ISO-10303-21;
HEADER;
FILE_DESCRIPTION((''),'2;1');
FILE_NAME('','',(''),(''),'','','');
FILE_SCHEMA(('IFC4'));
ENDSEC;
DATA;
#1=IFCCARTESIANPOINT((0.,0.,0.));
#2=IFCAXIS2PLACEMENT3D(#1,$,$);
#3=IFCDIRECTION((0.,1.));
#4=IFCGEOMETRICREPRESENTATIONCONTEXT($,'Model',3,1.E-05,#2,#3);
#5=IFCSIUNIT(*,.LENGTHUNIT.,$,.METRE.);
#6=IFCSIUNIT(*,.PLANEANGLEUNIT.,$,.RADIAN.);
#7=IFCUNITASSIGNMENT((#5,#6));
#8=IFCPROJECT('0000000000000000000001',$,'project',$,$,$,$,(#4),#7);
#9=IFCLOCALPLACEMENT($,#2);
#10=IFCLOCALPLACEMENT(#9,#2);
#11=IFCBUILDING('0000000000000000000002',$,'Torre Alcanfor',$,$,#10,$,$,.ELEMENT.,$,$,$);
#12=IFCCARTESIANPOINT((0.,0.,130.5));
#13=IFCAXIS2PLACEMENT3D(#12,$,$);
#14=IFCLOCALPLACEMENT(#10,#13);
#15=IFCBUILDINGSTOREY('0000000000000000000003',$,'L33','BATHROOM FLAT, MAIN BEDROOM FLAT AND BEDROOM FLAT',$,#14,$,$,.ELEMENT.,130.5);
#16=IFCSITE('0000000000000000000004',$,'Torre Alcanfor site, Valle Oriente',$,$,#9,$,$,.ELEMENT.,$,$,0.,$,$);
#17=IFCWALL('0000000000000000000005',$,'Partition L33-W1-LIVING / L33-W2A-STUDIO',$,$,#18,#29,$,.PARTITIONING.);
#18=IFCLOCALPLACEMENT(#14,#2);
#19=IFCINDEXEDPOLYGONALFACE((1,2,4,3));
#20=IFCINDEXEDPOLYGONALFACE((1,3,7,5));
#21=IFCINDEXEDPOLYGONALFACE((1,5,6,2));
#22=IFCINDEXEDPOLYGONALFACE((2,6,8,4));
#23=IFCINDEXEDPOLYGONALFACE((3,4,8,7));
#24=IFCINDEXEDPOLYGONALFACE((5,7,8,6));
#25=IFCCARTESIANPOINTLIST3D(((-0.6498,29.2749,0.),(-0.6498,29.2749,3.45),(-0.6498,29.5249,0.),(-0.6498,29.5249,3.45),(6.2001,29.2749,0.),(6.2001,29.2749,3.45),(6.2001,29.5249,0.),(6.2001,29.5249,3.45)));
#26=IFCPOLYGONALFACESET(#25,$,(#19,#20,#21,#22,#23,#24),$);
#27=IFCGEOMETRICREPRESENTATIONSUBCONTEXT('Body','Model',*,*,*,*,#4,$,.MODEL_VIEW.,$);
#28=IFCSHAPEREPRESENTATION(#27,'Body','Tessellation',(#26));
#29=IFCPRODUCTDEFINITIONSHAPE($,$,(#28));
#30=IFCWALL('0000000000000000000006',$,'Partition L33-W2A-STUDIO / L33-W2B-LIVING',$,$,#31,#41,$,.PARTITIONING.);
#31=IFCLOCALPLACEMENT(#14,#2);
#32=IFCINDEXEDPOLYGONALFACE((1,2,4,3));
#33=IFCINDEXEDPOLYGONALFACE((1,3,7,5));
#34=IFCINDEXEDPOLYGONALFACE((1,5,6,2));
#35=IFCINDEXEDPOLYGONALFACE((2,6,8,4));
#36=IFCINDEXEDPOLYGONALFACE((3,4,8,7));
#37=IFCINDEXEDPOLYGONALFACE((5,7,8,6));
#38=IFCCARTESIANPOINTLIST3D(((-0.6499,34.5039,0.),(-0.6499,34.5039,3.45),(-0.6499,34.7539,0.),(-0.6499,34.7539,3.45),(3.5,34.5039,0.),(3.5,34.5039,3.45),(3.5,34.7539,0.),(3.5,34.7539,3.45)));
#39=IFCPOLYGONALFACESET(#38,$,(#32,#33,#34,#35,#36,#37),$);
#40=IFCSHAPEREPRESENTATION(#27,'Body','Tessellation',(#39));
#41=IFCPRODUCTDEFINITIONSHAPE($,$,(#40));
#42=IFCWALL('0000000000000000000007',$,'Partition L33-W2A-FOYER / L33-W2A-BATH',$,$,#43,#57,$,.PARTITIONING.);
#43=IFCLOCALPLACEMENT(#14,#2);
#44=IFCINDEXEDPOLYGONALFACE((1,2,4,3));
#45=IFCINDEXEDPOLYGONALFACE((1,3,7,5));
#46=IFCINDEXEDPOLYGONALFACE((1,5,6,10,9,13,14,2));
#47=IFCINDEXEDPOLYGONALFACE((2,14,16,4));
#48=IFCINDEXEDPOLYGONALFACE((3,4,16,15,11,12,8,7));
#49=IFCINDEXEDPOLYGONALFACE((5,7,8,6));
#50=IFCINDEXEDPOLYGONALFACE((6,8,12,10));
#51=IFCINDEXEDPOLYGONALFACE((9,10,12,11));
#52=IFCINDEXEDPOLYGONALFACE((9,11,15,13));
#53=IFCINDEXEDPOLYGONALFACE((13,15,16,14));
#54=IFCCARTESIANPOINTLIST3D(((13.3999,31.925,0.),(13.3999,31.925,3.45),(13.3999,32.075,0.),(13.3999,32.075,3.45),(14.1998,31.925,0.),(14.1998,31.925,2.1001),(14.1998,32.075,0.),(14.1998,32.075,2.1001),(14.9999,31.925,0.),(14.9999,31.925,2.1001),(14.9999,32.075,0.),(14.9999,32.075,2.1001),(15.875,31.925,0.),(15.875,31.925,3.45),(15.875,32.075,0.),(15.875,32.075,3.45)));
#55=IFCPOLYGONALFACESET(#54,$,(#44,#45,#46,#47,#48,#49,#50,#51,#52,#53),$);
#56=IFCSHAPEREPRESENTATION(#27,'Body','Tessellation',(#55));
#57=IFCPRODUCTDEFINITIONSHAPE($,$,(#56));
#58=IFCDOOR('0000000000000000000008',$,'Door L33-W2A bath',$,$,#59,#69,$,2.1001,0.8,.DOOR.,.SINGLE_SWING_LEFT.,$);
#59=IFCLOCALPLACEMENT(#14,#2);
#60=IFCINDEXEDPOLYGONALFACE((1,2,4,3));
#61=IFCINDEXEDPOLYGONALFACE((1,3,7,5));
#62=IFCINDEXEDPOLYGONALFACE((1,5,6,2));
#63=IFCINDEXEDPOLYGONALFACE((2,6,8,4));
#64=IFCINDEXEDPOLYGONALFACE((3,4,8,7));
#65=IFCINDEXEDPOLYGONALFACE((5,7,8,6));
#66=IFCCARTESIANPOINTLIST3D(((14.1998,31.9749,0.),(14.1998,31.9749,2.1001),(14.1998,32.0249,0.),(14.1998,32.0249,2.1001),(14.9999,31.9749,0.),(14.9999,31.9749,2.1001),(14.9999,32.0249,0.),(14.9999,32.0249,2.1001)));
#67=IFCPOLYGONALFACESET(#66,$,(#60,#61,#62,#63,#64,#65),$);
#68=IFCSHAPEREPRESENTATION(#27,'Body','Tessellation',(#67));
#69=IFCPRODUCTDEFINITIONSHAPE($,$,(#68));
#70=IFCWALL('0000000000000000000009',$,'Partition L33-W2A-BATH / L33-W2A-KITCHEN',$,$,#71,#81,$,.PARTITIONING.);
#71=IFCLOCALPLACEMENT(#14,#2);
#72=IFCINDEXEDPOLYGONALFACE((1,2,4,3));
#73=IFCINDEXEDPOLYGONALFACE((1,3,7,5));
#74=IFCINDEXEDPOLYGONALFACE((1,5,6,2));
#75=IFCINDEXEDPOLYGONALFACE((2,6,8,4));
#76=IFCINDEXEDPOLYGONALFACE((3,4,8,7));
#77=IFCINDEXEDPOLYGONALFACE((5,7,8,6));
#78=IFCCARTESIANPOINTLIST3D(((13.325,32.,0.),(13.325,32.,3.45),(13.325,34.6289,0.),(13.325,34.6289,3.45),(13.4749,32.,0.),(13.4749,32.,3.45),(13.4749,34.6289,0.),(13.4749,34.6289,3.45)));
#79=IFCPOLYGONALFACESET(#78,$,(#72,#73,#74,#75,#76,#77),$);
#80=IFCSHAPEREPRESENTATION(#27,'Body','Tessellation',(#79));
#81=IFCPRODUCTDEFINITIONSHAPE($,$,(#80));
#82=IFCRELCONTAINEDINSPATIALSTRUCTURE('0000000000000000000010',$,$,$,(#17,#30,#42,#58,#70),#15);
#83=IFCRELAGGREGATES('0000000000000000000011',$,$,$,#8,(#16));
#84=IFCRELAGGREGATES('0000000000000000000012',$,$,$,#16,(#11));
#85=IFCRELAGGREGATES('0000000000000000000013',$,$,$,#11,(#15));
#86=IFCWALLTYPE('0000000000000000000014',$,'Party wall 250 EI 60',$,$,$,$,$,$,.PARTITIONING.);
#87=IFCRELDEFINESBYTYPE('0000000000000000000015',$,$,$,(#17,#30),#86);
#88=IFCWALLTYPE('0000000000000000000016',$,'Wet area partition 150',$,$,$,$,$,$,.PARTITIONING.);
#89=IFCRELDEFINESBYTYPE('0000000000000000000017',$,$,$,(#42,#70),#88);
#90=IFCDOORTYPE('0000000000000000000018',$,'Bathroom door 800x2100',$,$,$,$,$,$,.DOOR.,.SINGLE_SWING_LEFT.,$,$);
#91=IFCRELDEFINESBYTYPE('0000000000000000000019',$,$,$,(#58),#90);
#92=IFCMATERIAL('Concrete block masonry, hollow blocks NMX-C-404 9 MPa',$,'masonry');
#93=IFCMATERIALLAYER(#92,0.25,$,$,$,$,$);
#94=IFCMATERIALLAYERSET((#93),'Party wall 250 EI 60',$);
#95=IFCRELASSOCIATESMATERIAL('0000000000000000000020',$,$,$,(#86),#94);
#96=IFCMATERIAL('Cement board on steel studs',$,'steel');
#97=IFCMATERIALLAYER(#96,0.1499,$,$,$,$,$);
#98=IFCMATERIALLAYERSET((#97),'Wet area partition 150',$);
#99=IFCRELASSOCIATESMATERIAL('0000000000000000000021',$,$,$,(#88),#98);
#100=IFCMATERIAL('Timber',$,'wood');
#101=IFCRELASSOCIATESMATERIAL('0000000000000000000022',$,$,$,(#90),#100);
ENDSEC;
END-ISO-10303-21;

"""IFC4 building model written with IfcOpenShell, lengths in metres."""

from ifc_helpers import new_model, si_unit, direction, frame, frame_2d, origin, place, context, subcontext, project, spatial, rectangle, extrude, material, layer, layer_set, type_object, element, fill, save


model = new_model("IFC4")

# Units and contexts
model_context = context("Model", 3, precision=1e-05, world=origin(), true_north=direction((0.0, 1.0)))
body_context = subcontext(model_context, "Body", "Model", "MODEL_VIEW")
ifc_project = project(units=[si_unit("LENGTHUNIT", "METRE"), si_unit("PLANEANGLEUNIT", "RADIAN")], contexts=[model_context])

# Site, building, storey
site_placement = place(None, origin())
site = spatial("IfcSite", under=ifc_project, at=site_placement, Name="Torre Alcanfor site, Valle Oriente", CompositionType="ELEMENT", RefElevation=0.0)
building_placement = place(site_placement, origin())
building = spatial("IfcBuilding", under=site, at=building_placement, Name="Torre Alcanfor", CompositionType="ELEMENT")
storey_placement = place(building_placement, frame((0.0, 0.0, 130.5)))
storey = spatial("IfcBuildingStorey", under=building, at=storey_placement, Name="L33", Description="BATHROOM FLAT, MAIN BEDROOM FLAT AND BEDROOM FLAT", CompositionType="ELEMENT", Elevation=130.5)

# Walls
ifc_material_1 = material(Name="Concrete block masonry, hollow blocks NMX-C-404 9 MPa", Category="masonry")
ifc_layer_1 = layer(ifc_material_1, 0.25)
ifc_layer_set_1 = layer_set([ifc_layer_1], Name="Party wall 250 EI 60")
wall_type_1 = type_object("IfcWallType", Name="Party wall 250 EI 60", PredefinedType="PARTITIONING", material=ifc_layer_set_1)
wall_1_placement = place(storey_placement, frame((6.2, 29.3999, 0.0), z_axis=(0.0, 0.0, 1.0), x_axis=(-1.0, 0.0, 0.0)))
element("IfcWall", 1, at=wall_1_placement, inside=storey, type_object=wall_type_1, Name="Partition L33-W1-LIVING / L33-W2A-STUDIO", PredefinedType="PARTITIONING", context=body_context, shape_type="SweptSolid", body=[
    extrude(rectangle(XDim=6.8499, YDim=0.25, at=frame_2d((3.4248, 0.0))), origin(), (0.0, 0.0, 1.0), 3.45),
])
wall_2_placement = place(storey_placement, frame((-0.6499, 34.6289, 0.0), z_axis=(0.0, 0.0, 1.0), x_axis=(1.0, 0.0, 0.0)))
element("IfcWall", 2, at=wall_2_placement, inside=storey, type_object=wall_type_1, Name="Partition L33-W2A-STUDIO / L33-W2B-LIVING", PredefinedType="PARTITIONING", context=body_context, shape_type="SweptSolid", body=[
    extrude(rectangle(XDim=4.1499, YDim=0.25, at=frame_2d((2.075, 0.0))), origin(), (0.0, 0.0, 1.0), 3.45),
])

# Wall, opening, door
ifc_material_2 = material(Name="Cement board on steel studs", Category="steel")
ifc_layer_2 = layer(ifc_material_2, 0.1499)
ifc_layer_set_2 = layer_set([ifc_layer_2], Name="Wet area partition 150")
wall_type_2 = type_object("IfcWallType", Name="Wet area partition 150", PredefinedType="PARTITIONING", material=ifc_layer_set_2)
wall_3_placement = place(storey_placement, frame((13.3999, 32.0, 0.0), z_axis=(0.0, 0.0, 1.0), x_axis=(1.0, 0.0, 0.0)))
wall_3 = element("IfcWall", 3, at=wall_3_placement, inside=storey, type_object=wall_type_2, Name="Partition L33-W2A-FOYER / L33-W2A-BATH", PredefinedType="PARTITIONING", context=body_context, shape_type="SweptSolid", body=[
    extrude(rectangle(XDim=2.4751, YDim=0.1499, at=frame_2d((1.2375, 0.0))), origin(), (0.0, 0.0, 1.0), 3.45),
])
opening_1_placement = place(wall_3_placement, frame((0.8, 0.0, 0.0)))
opening_1 = element("IfcOpeningElement", 4, at=opening_1_placement, cuts=wall_3, PredefinedType="OPENING", context=body_context, shape_type="SweptSolid", body=[
    extrude(rectangle(XDim=0.8, YDim=2.1001, at=frame_2d((0.3999, 1.05))), frame((0.0, 0.085, 0.0), z_axis=(0.0, -1.0, 0.0), x_axis=(1.0, 0.0, 0.0)), (0.0, 0.0, 1.0), 0.1699),
])
ifc_material_3 = material(Name="Timber", Category="wood")
door_type_1 = type_object("IfcDoorType", Name="Bathroom door 800x2100", OperationType="SINGLE_SWING_LEFT", PredefinedType="DOOR", material=ifc_material_3)
door_1_placement = place(opening_1_placement, origin())
door_1 = element("IfcDoor", 5, at=door_1_placement, inside=storey, type_object=door_type_1, Name="Door L33-W2A bath", OperationType="SINGLE_SWING_LEFT", OverallHeight=2.1001, OverallWidth=0.8, PredefinedType="DOOR", context=body_context, shape_type="SweptSolid", body=[
    extrude(rectangle(XDim=0.8, YDim=2.1001, at=frame_2d((0.3999, 1.05))), frame((0.0, 0.0249, 0.0), z_axis=(0.0, -1.0, 0.0), x_axis=(1.0, 0.0, 0.0)), (0.0, 0.0, 1.0), 0.05),
])
fill(opening_1, door_1)

# Wall
wall_4_placement = place(storey_placement, frame((13.3999, 32.0, 0.0), z_axis=(0.0, 0.0, 1.0), x_axis=(0.0, 1.0, 0.0)))
element("IfcWall", 6, at=wall_4_placement, inside=storey, type_object=wall_type_2, Name="Partition L33-W2A-BATH / L33-W2A-KITCHEN", PredefinedType="PARTITIONING", context=body_context, shape_type="SweptSolid", body=[
    extrude(rectangle(XDim=2.6289, YDim=0.1499, at=frame_2d((1.3145, 0.0))), origin(), (0.0, 0.0, 1.0), 3.45),
])

save(model, "model.ifc")
